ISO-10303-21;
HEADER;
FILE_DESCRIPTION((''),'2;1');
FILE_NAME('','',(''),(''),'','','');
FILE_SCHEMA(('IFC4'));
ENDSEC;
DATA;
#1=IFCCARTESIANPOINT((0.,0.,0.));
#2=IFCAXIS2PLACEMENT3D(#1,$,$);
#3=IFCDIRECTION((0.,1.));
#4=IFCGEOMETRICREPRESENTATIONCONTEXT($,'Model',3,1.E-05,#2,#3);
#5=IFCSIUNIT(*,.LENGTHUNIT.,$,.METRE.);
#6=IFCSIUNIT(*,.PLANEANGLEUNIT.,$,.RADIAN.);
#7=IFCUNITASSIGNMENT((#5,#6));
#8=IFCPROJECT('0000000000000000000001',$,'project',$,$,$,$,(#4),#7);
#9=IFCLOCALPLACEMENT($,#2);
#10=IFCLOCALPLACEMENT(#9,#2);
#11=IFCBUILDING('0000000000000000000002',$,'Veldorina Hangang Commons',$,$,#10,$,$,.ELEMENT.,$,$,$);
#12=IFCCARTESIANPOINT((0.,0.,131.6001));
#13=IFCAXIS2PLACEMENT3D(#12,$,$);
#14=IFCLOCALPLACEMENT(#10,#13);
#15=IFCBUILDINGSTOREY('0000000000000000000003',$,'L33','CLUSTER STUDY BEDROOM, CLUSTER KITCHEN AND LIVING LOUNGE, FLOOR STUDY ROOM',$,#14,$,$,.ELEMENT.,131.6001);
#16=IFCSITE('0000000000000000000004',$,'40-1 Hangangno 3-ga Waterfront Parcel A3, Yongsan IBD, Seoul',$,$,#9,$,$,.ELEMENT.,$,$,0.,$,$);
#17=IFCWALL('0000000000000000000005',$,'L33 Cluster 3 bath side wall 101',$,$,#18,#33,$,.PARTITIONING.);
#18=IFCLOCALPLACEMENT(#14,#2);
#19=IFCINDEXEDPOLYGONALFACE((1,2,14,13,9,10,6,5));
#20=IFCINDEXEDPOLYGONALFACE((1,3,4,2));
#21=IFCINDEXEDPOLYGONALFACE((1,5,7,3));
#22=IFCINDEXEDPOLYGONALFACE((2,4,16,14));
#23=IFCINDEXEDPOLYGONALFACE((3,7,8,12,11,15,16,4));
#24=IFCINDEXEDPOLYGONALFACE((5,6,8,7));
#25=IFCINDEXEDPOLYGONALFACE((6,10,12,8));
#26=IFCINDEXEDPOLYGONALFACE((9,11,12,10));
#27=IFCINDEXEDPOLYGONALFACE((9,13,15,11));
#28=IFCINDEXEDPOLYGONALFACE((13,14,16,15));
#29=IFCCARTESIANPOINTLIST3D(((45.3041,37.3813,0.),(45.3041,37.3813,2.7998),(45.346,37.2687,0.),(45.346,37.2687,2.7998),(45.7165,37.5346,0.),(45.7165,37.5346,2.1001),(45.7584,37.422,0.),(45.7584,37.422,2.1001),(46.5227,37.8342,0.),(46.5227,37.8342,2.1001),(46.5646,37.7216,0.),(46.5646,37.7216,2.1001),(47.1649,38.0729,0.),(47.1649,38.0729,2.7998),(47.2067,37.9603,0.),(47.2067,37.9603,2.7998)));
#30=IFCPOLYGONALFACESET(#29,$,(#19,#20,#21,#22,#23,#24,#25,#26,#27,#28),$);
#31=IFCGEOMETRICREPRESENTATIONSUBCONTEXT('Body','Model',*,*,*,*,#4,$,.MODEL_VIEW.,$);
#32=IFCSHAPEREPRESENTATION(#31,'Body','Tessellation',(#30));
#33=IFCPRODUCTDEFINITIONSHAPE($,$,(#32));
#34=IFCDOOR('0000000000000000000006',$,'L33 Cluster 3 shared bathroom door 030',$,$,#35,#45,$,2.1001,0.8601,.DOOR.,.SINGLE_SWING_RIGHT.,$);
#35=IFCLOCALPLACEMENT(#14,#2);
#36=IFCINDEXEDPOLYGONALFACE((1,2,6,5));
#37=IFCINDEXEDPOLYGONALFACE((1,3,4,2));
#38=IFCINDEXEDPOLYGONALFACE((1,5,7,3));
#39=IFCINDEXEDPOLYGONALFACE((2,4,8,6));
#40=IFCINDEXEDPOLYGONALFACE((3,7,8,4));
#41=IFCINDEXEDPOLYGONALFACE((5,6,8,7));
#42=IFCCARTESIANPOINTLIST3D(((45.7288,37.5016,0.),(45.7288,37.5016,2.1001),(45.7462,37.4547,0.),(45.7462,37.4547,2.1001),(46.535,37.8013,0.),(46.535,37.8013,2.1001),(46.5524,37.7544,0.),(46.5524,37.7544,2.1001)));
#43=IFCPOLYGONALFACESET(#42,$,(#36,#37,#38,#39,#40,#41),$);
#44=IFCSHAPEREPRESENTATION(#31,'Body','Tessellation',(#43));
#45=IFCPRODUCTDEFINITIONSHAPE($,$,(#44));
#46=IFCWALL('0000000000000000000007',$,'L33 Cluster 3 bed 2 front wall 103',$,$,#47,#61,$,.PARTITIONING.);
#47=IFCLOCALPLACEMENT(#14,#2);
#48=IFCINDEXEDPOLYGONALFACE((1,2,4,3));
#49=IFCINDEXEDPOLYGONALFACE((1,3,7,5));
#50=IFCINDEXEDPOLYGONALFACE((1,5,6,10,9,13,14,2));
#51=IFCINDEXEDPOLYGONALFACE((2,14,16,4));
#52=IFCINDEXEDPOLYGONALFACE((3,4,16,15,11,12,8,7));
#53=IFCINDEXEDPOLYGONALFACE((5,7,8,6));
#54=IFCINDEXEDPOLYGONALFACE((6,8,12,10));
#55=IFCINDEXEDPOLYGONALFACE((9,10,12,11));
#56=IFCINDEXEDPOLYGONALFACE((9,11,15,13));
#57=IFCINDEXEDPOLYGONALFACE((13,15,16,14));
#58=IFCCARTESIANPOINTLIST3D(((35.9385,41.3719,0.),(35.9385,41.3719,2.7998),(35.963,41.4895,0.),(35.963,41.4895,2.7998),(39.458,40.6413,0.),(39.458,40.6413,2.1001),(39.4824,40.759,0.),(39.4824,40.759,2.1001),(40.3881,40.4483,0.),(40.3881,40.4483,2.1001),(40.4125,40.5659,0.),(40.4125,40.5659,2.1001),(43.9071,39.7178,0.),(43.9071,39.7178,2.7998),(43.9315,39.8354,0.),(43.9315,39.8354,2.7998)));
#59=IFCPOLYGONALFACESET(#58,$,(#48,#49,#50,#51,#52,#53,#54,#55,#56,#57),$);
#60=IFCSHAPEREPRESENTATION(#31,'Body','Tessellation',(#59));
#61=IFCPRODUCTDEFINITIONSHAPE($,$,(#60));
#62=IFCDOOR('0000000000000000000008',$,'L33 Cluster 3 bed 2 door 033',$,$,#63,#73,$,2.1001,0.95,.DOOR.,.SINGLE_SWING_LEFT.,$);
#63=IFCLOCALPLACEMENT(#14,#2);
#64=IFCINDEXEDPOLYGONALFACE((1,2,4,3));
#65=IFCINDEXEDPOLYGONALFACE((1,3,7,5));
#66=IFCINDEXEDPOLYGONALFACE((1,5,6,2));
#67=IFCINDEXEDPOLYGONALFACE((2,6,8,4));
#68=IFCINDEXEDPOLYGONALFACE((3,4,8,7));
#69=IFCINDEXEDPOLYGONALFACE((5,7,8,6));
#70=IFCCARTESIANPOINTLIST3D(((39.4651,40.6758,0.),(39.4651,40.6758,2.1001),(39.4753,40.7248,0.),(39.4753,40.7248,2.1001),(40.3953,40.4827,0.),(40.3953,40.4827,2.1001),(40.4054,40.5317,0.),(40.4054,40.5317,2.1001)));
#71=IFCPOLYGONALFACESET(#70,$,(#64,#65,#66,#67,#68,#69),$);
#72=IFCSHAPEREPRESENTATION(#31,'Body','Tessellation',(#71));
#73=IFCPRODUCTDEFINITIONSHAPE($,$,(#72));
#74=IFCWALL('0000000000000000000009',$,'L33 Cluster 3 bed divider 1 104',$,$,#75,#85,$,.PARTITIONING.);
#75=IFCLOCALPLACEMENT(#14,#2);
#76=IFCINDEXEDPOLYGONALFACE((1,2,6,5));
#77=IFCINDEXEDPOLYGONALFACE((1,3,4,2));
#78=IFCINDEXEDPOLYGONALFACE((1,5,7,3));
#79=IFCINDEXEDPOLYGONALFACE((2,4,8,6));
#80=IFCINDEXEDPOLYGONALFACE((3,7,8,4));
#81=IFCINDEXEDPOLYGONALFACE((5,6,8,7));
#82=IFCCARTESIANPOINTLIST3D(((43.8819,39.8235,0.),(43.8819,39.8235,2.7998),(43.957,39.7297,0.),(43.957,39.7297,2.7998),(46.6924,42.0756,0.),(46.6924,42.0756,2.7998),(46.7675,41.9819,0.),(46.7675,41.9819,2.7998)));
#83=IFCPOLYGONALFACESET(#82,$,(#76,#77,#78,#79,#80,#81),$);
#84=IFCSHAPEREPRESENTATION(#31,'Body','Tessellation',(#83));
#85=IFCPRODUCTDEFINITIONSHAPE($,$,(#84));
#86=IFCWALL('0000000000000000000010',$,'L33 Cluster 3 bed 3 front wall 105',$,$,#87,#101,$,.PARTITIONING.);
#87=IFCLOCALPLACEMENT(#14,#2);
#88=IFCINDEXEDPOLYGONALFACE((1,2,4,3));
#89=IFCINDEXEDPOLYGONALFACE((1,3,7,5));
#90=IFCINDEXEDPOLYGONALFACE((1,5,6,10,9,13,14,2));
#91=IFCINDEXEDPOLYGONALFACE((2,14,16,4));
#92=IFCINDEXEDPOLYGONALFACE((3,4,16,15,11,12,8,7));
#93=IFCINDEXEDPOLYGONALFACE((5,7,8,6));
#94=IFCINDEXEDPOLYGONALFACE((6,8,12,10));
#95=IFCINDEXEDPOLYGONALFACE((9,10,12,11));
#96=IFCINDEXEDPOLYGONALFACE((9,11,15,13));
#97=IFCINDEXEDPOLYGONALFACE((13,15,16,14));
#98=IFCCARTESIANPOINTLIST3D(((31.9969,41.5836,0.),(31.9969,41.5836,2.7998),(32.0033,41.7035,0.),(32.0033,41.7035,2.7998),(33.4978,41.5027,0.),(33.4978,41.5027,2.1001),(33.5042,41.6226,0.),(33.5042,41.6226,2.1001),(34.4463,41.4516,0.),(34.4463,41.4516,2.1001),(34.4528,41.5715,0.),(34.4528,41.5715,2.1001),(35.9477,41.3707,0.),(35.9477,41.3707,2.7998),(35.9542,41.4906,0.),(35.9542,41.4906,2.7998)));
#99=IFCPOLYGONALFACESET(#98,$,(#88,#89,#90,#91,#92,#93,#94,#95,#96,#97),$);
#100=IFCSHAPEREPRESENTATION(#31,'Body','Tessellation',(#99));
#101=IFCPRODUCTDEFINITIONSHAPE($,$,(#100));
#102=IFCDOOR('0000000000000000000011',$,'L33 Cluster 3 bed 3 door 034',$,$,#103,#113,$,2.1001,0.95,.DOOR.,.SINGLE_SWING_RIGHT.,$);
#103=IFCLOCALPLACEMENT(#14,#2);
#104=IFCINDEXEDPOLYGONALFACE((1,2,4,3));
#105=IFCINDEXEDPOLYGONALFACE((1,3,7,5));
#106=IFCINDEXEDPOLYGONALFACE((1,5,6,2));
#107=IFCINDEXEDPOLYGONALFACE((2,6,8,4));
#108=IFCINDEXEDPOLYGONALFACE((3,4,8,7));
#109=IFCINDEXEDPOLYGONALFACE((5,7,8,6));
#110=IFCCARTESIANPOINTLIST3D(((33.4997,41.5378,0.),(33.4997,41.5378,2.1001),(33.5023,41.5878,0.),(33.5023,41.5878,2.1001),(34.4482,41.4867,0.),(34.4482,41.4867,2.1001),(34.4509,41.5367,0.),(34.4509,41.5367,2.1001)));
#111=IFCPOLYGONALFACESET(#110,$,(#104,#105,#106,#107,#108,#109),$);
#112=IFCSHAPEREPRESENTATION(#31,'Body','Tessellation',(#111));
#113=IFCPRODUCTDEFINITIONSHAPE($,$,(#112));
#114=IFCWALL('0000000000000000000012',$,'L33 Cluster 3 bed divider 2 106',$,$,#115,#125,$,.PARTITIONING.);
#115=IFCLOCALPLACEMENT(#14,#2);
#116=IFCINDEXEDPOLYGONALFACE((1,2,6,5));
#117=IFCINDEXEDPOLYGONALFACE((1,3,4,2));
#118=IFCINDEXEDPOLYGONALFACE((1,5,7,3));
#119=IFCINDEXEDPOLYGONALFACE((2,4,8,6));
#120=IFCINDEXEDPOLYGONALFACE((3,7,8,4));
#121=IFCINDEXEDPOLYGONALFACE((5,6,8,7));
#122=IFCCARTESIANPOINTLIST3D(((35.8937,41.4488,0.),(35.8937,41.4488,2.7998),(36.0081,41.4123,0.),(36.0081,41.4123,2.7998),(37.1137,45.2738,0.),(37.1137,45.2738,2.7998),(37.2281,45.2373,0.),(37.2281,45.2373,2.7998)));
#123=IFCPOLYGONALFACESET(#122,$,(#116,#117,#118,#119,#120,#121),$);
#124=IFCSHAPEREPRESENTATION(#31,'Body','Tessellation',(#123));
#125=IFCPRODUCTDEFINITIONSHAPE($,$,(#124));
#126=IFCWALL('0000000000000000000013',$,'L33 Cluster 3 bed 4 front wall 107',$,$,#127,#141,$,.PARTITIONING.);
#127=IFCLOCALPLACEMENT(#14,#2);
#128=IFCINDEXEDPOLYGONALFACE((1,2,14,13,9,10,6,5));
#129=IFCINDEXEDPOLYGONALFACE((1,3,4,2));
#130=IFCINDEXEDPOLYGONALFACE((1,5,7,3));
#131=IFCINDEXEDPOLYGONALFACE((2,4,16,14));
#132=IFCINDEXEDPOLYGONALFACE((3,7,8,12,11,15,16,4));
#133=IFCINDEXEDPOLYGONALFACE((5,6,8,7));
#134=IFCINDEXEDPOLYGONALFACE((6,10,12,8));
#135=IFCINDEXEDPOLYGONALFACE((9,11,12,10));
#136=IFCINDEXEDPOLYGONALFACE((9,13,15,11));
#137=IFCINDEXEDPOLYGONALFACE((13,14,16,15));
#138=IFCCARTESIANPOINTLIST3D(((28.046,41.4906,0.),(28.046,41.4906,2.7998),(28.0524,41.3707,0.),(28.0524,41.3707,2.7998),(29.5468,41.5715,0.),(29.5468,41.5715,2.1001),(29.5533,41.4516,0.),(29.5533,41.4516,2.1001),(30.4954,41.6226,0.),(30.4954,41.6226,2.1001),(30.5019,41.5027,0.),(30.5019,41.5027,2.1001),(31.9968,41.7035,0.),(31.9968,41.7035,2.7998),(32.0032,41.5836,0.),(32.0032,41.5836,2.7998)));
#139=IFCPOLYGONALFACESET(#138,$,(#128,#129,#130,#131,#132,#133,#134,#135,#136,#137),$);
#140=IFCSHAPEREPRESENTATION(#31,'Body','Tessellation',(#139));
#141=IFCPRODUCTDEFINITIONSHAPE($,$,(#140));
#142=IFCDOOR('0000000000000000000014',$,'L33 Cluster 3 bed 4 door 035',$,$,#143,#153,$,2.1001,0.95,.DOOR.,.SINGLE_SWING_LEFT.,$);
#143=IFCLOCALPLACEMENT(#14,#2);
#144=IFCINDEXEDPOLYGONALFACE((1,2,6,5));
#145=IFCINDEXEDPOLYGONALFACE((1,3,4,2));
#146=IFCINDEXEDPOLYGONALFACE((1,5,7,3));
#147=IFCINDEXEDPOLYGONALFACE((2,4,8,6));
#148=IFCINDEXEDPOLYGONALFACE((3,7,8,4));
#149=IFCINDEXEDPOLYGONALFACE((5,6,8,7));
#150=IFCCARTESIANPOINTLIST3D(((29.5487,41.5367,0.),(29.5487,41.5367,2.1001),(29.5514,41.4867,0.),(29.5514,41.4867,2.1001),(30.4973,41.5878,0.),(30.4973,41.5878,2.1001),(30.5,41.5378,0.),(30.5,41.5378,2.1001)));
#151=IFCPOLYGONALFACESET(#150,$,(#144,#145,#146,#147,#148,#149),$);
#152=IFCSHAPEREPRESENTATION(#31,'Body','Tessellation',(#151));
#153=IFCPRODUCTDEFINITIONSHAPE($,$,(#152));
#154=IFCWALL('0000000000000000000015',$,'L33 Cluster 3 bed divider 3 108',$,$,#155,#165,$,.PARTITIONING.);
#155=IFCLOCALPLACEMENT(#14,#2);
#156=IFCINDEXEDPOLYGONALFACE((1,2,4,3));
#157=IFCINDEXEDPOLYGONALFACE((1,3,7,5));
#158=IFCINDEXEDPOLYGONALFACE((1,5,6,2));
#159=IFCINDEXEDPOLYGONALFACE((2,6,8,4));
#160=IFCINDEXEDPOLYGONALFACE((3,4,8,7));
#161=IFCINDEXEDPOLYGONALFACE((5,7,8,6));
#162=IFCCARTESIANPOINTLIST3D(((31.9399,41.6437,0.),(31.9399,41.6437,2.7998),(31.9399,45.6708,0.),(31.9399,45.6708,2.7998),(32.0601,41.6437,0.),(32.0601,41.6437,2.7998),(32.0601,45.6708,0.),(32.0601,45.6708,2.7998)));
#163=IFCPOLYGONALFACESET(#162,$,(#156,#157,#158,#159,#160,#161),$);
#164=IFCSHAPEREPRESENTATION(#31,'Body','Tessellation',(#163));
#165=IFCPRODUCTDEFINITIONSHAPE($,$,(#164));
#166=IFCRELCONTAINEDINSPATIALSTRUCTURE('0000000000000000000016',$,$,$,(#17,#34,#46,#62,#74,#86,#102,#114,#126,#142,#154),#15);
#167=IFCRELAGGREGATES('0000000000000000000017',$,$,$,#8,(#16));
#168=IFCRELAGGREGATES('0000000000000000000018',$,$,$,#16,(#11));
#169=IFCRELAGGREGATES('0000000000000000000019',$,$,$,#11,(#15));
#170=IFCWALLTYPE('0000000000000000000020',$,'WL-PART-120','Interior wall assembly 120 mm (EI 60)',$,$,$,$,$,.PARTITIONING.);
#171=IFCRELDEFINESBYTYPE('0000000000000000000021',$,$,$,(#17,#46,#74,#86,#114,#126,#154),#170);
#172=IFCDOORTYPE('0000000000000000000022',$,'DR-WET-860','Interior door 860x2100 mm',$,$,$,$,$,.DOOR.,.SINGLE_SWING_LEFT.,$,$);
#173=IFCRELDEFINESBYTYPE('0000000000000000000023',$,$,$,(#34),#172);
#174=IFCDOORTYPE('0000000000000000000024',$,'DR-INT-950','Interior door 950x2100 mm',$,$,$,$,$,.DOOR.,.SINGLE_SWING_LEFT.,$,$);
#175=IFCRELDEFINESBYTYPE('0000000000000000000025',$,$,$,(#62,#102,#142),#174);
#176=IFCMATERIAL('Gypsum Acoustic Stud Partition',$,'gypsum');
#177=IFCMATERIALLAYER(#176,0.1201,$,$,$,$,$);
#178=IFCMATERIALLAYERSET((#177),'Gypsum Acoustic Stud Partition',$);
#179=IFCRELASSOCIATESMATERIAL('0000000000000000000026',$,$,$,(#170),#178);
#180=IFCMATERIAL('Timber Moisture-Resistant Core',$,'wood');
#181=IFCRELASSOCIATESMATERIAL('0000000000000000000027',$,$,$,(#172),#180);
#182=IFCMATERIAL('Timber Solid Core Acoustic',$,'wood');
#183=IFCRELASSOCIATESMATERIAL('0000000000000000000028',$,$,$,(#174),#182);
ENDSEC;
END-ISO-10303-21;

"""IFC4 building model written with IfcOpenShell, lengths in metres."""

from ifc_helpers import new_model, si_unit, direction, frame, frame_2d, origin, place, context, subcontext, project, spatial, rectangle, extrude, material, layer, layer_set, type_object, element, fill, save


model = new_model("IFC4")

# Units and contexts
model_context = context("Model", 3, precision=1e-05, world=origin(), true_north=direction((0.0, 1.0)))
body_context = subcontext(model_context, "Body", "Model", "MODEL_VIEW")
ifc_project = project(units=[si_unit("LENGTHUNIT", "METRE"), si_unit("PLANEANGLEUNIT", "RADIAN")], contexts=[model_context])

# Site, building, storey
site_placement = place(None, origin())
site = spatial("IfcSite", under=ifc_project, at=site_placement, Name="40-1 Hangangno 3-ga Waterfront Parcel A3, Yongsan IBD, Seoul", CompositionType="ELEMENT", RefElevation=0.0)
building_placement = place(site_placement, origin())
building = spatial("IfcBuilding", under=site, at=building_placement, Name="Veldorina Hangang Commons", CompositionType="ELEMENT")
storey_placement = place(building_placement, frame((0.0, 0.0, 131.6001)))
storey = spatial("IfcBuildingStorey", under=building, at=storey_placement, Name="L33", Description="CLUSTER STUDY BEDROOM, CLUSTER KITCHEN AND LIVING LOUNGE, FLOOR STUDY ROOM", CompositionType="ELEMENT", Elevation=131.6001)

# Walls, openings, doors
ifc_material_1 = material(Name="Gypsum Acoustic Stud Partition", Category="gypsum")
ifc_layer_1 = layer(ifc_material_1, 0.1201)
ifc_layer_set_1 = layer_set([ifc_layer_1], Name="Gypsum Acoustic Stud Partition")
wall_type_1 = type_object("IfcWallType", Name="WL-PART-120", Description="Interior wall assembly 120 mm (EI 60)", PredefinedType="PARTITIONING", material=ifc_layer_set_1)
wall_1_placement = place(storey_placement, frame((45.325, 37.325, 0.0), z_axis=(0.0, 0.0, 1.0), x_axis=(0.937346, 0.3484, 0.0)))
wall_1 = element("IfcWall", 1, at=wall_1_placement, inside=storey, type_object=wall_type_1, Name="L33 Cluster 3 bath side wall 101", PredefinedType="PARTITIONING", context=body_context, shape_type="SweptSolid", body=[
    extrude(rectangle(XDim=1.9851, YDim=0.1201, at=frame_2d((0.9927, 0.0))), origin(), (0.0, 0.0, 1.0), 2.7998),
])
opening_1_placement = place(wall_1_placement, frame((0.4399, 0.0, 0.0)))
opening_1 = element("IfcOpeningElement", 2, at=opening_1_placement, cuts=wall_1, PredefinedType="OPENING", context=body_context, shape_type="SweptSolid", body=[
    extrude(rectangle(XDim=0.8601, YDim=2.1001, at=frame_2d((0.4302, 1.05))), frame((0.0, 0.0701, 0.0), z_axis=(0.0, -1.0, 0.0), x_axis=(1.0, 0.0, 0.0)), (0.0, 0.0, 1.0), 0.1401),
])
ifc_material_2 = material(Name="Timber Moisture-Resistant Core", Category="wood")
door_type_1 = type_object("IfcDoorType", Name="DR-WET-860", Description="Interior door 860x2100 mm", OperationType="SINGLE_SWING_LEFT", PredefinedType="DOOR", material=ifc_material_2)
door_1_placement = place(opening_1_placement, origin())
door_1 = element("IfcDoor", 3, at=door_1_placement, inside=storey, type_object=door_type_1, Name="L33 Cluster 3 shared bathroom door 030", OperationType="SINGLE_SWING_RIGHT", OverallHeight=2.1001, OverallWidth=0.8601, PredefinedType="DOOR", context=body_context, shape_type="SweptSolid", body=[
    extrude(rectangle(XDim=0.8601, YDim=2.1001, at=frame_2d((0.4302, 1.05))), frame((0.0, 0.0249, 0.0), z_axis=(0.0, -1.0, 0.0), x_axis=(1.0, 0.0, 0.0)), (0.0, 0.0, 1.0), 0.05),
])
fill(opening_1, door_1)
wall_2_placement = place(storey_placement, frame((43.9194, 39.7766, 0.0), z_axis=(0.0, 0.0, 1.0), x_axis=(-0.979129, 0.203241, 0.0)))
wall_2 = element("IfcWall", 4, at=wall_2_placement, inside=storey, type_object=wall_type_1, Name="L33 Cluster 3 bed 2 front wall 103", PredefinedType="PARTITIONING", context=body_context, shape_type="SweptSolid", body=[
    extrude(rectangle(XDim=8.1384, YDim=0.1201, at=frame_2d((4.0693, 0.0))), origin(), (0.0, 0.0, 1.0), 2.7998),
])
opening_2_placement = place(wall_2_placement, frame((3.594, 0.0, 0.0)))
opening_2 = element("IfcOpeningElement", 5, at=opening_2_placement, cuts=wall_2, PredefinedType="OPENING", context=body_context, shape_type="SweptSolid", body=[
    extrude(rectangle(XDim=0.95, YDim=2.1001, at=frame_2d((0.4751, 1.05))), frame((0.0, 0.0701, 0.0), z_axis=(0.0, -1.0, 0.0), x_axis=(1.0, 0.0, 0.0)), (0.0, 0.0, 1.0), 0.1401),
])
ifc_material_3 = material(Name="Timber Solid Core Acoustic", Category="wood")
door_type_2 = type_object("IfcDoorType", Name="DR-INT-950", Description="Interior door 950x2100 mm", OperationType="SINGLE_SWING_LEFT", PredefinedType="DOOR", material=ifc_material_3)
door_2_placement = place(opening_2_placement, origin())
door_2 = element("IfcDoor", 6, at=door_2_placement, inside=storey, type_object=door_type_2, Name="L33 Cluster 3 bed 2 door 033", OperationType="SINGLE_SWING_LEFT", OverallHeight=2.1001, OverallWidth=0.95, PredefinedType="DOOR", context=body_context, shape_type="SweptSolid", body=[
    extrude(rectangle(XDim=0.95, YDim=2.1001, at=frame_2d((0.4751, 1.05))), frame((0.0, 0.0249, 0.0), z_axis=(0.0, -1.0, 0.0), x_axis=(1.0, 0.0, 0.0)), (0.0, 0.0, 1.0), 0.05),
])
fill(opening_2, door_2)

# Wall
wall_3_placement = place(storey_placement, frame((43.9194, 39.7766, 0.0), z_axis=(0.0, 0.0, 1.0), x_axis=(0.780359, 0.625331, 0.0)))
element("IfcWall", 7, at=wall_3_placement, inside=storey, type_object=wall_type_1, Name="L33 Cluster 3 bed divider 1 104", PredefinedType="PARTITIONING", context=body_context, shape_type="SweptSolid", body=[
    extrude(rectangle(XDim=3.6016, YDim=0.1201, at=frame_2d((1.8008, 0.0))), origin(), (0.0, 0.0, 1.0), 2.7998),
])

# Wall, opening, door
wall_4_placement = place(storey_placement, frame((35.9509, 41.4307, 0.0), z_axis=(0.0, 0.0, 1.0), x_axis=(-0.998551, 0.053806, 0.0)))
wall_4 = element("IfcWall", 8, at=wall_4_placement, inside=storey, type_object=wall_type_1, Name="L33 Cluster 3 bed 3 front wall 105", PredefinedType="PARTITIONING", context=body_context, shape_type="SweptSolid", body=[
    extrude(rectangle(XDim=3.9565, YDim=0.1201, at=frame_2d((1.9783, 0.0))), origin(), (0.0, 0.0, 1.0), 2.7998),
])
opening_3_placement = place(wall_4_placement, frame((1.5034, 0.0, 0.0)))
opening_3 = element("IfcOpeningElement", 9, at=opening_3_placement, cuts=wall_4, PredefinedType="OPENING", context=body_context, shape_type="SweptSolid", body=[
    extrude(rectangle(XDim=0.95, YDim=2.1001, at=frame_2d((0.4751, 1.05))), frame((0.0, 0.0701, 0.0), z_axis=(0.0, -1.0, 0.0), x_axis=(1.0, 0.0, 0.0)), (0.0, 0.0, 1.0), 0.1401),
])
door_3_placement = place(opening_3_placement, origin())
door_3 = element("IfcDoor", 10, at=door_3_placement, inside=storey, type_object=door_type_2, Name="L33 Cluster 3 bed 3 door 034", OperationType="SINGLE_SWING_RIGHT", OverallHeight=2.1001, OverallWidth=0.95, PredefinedType="DOOR", context=body_context, shape_type="SweptSolid", body=[
    extrude(rectangle(XDim=0.95, YDim=2.1001, at=frame_2d((0.4751, 1.05))), frame((0.0, 0.0249, 0.0), z_axis=(0.0, -1.0, 0.0), x_axis=(1.0, 0.0, 0.0)), (0.0, 0.0, 1.0), 0.05),
])
fill(opening_3, door_3)

# Wall
wall_5_placement = place(storey_placement, frame((35.9509, 41.4307, 0.0), z_axis=(0.0, 0.0, 1.0), x_axis=(0.303869, 0.952714, 0.0)))
element("IfcWall", 11, at=wall_5_placement, inside=storey, type_object=wall_type_1, Name="L33 Cluster 3 bed divider 2 106", PredefinedType="PARTITIONING", context=body_context, shape_type="SweptSolid", body=[
    extrude(rectangle(XDim=4.0149, YDim=0.1201, at=frame_2d((2.0073, 0.0))), origin(), (0.0, 0.0, 1.0), 2.7998),
])

# Wall, opening, door
wall_6_placement = place(storey_placement, frame((32.0, 41.6436, 0.0), z_axis=(0.0, 0.0, 1.0), x_axis=(-0.998551, -0.053806, 0.0)))
wall_6 = element("IfcWall", 12, at=wall_6_placement, inside=storey, type_object=wall_type_1, Name="L33 Cluster 3 bed 4 front wall 107", PredefinedType="PARTITIONING", context=body_context, shape_type="SweptSolid", body=[
    extrude(rectangle(XDim=3.9565, YDim=0.1201, at=frame_2d((1.9783, 0.0))), origin(), (0.0, 0.0, 1.0), 2.7998),
])
opening_4_placement = place(wall_6_placement, frame((1.5034, 0.0, 0.0)))
opening_4 = element("IfcOpeningElement", 13, at=opening_4_placement, cuts=wall_6, PredefinedType="OPENING", context=body_context, shape_type="SweptSolid", body=[
    extrude(rectangle(XDim=0.95, YDim=2.1001, at=frame_2d((0.4751, 1.05))), frame((0.0, 0.0701, 0.0), z_axis=(0.0, -1.0, 0.0), x_axis=(1.0, 0.0, 0.0)), (0.0, 0.0, 1.0), 0.1401),
])
door_4_placement = place(opening_4_placement, origin())
door_4 = element("IfcDoor", 14, at=door_4_placement, inside=storey, type_object=door_type_2, Name="L33 Cluster 3 bed 4 door 035", OperationType="SINGLE_SWING_LEFT", OverallHeight=2.1001, OverallWidth=0.95, PredefinedType="DOOR", context=body_context, shape_type="SweptSolid", body=[
    extrude(rectangle(XDim=0.95, YDim=2.1001, at=frame_2d((0.4751, 1.05))), frame((0.0, 0.0249, 0.0), z_axis=(0.0, -1.0, 0.0), x_axis=(1.0, 0.0, 0.0)), (0.0, 0.0, 1.0), 0.05),
])
fill(opening_4, door_4)

# Wall
wall_7_placement = place(storey_placement, frame((32.0, 41.6436, 0.0), z_axis=(0.0, 0.0, 1.0), x_axis=(0.0, 1.0, 0.0)))
element("IfcWall", 15, at=wall_7_placement, inside=storey, type_object=wall_type_1, Name="L33 Cluster 3 bed divider 3 108", PredefinedType="PARTITIONING", context=body_context, shape_type="SweptSolid", body=[
    extrude(rectangle(XDim=4.0271, YDim=0.1201, at=frame_2d((2.0137, 0.0))), origin(), (0.0, 0.0, 1.0), 2.7998),
])

save(model, "model.ifc")
